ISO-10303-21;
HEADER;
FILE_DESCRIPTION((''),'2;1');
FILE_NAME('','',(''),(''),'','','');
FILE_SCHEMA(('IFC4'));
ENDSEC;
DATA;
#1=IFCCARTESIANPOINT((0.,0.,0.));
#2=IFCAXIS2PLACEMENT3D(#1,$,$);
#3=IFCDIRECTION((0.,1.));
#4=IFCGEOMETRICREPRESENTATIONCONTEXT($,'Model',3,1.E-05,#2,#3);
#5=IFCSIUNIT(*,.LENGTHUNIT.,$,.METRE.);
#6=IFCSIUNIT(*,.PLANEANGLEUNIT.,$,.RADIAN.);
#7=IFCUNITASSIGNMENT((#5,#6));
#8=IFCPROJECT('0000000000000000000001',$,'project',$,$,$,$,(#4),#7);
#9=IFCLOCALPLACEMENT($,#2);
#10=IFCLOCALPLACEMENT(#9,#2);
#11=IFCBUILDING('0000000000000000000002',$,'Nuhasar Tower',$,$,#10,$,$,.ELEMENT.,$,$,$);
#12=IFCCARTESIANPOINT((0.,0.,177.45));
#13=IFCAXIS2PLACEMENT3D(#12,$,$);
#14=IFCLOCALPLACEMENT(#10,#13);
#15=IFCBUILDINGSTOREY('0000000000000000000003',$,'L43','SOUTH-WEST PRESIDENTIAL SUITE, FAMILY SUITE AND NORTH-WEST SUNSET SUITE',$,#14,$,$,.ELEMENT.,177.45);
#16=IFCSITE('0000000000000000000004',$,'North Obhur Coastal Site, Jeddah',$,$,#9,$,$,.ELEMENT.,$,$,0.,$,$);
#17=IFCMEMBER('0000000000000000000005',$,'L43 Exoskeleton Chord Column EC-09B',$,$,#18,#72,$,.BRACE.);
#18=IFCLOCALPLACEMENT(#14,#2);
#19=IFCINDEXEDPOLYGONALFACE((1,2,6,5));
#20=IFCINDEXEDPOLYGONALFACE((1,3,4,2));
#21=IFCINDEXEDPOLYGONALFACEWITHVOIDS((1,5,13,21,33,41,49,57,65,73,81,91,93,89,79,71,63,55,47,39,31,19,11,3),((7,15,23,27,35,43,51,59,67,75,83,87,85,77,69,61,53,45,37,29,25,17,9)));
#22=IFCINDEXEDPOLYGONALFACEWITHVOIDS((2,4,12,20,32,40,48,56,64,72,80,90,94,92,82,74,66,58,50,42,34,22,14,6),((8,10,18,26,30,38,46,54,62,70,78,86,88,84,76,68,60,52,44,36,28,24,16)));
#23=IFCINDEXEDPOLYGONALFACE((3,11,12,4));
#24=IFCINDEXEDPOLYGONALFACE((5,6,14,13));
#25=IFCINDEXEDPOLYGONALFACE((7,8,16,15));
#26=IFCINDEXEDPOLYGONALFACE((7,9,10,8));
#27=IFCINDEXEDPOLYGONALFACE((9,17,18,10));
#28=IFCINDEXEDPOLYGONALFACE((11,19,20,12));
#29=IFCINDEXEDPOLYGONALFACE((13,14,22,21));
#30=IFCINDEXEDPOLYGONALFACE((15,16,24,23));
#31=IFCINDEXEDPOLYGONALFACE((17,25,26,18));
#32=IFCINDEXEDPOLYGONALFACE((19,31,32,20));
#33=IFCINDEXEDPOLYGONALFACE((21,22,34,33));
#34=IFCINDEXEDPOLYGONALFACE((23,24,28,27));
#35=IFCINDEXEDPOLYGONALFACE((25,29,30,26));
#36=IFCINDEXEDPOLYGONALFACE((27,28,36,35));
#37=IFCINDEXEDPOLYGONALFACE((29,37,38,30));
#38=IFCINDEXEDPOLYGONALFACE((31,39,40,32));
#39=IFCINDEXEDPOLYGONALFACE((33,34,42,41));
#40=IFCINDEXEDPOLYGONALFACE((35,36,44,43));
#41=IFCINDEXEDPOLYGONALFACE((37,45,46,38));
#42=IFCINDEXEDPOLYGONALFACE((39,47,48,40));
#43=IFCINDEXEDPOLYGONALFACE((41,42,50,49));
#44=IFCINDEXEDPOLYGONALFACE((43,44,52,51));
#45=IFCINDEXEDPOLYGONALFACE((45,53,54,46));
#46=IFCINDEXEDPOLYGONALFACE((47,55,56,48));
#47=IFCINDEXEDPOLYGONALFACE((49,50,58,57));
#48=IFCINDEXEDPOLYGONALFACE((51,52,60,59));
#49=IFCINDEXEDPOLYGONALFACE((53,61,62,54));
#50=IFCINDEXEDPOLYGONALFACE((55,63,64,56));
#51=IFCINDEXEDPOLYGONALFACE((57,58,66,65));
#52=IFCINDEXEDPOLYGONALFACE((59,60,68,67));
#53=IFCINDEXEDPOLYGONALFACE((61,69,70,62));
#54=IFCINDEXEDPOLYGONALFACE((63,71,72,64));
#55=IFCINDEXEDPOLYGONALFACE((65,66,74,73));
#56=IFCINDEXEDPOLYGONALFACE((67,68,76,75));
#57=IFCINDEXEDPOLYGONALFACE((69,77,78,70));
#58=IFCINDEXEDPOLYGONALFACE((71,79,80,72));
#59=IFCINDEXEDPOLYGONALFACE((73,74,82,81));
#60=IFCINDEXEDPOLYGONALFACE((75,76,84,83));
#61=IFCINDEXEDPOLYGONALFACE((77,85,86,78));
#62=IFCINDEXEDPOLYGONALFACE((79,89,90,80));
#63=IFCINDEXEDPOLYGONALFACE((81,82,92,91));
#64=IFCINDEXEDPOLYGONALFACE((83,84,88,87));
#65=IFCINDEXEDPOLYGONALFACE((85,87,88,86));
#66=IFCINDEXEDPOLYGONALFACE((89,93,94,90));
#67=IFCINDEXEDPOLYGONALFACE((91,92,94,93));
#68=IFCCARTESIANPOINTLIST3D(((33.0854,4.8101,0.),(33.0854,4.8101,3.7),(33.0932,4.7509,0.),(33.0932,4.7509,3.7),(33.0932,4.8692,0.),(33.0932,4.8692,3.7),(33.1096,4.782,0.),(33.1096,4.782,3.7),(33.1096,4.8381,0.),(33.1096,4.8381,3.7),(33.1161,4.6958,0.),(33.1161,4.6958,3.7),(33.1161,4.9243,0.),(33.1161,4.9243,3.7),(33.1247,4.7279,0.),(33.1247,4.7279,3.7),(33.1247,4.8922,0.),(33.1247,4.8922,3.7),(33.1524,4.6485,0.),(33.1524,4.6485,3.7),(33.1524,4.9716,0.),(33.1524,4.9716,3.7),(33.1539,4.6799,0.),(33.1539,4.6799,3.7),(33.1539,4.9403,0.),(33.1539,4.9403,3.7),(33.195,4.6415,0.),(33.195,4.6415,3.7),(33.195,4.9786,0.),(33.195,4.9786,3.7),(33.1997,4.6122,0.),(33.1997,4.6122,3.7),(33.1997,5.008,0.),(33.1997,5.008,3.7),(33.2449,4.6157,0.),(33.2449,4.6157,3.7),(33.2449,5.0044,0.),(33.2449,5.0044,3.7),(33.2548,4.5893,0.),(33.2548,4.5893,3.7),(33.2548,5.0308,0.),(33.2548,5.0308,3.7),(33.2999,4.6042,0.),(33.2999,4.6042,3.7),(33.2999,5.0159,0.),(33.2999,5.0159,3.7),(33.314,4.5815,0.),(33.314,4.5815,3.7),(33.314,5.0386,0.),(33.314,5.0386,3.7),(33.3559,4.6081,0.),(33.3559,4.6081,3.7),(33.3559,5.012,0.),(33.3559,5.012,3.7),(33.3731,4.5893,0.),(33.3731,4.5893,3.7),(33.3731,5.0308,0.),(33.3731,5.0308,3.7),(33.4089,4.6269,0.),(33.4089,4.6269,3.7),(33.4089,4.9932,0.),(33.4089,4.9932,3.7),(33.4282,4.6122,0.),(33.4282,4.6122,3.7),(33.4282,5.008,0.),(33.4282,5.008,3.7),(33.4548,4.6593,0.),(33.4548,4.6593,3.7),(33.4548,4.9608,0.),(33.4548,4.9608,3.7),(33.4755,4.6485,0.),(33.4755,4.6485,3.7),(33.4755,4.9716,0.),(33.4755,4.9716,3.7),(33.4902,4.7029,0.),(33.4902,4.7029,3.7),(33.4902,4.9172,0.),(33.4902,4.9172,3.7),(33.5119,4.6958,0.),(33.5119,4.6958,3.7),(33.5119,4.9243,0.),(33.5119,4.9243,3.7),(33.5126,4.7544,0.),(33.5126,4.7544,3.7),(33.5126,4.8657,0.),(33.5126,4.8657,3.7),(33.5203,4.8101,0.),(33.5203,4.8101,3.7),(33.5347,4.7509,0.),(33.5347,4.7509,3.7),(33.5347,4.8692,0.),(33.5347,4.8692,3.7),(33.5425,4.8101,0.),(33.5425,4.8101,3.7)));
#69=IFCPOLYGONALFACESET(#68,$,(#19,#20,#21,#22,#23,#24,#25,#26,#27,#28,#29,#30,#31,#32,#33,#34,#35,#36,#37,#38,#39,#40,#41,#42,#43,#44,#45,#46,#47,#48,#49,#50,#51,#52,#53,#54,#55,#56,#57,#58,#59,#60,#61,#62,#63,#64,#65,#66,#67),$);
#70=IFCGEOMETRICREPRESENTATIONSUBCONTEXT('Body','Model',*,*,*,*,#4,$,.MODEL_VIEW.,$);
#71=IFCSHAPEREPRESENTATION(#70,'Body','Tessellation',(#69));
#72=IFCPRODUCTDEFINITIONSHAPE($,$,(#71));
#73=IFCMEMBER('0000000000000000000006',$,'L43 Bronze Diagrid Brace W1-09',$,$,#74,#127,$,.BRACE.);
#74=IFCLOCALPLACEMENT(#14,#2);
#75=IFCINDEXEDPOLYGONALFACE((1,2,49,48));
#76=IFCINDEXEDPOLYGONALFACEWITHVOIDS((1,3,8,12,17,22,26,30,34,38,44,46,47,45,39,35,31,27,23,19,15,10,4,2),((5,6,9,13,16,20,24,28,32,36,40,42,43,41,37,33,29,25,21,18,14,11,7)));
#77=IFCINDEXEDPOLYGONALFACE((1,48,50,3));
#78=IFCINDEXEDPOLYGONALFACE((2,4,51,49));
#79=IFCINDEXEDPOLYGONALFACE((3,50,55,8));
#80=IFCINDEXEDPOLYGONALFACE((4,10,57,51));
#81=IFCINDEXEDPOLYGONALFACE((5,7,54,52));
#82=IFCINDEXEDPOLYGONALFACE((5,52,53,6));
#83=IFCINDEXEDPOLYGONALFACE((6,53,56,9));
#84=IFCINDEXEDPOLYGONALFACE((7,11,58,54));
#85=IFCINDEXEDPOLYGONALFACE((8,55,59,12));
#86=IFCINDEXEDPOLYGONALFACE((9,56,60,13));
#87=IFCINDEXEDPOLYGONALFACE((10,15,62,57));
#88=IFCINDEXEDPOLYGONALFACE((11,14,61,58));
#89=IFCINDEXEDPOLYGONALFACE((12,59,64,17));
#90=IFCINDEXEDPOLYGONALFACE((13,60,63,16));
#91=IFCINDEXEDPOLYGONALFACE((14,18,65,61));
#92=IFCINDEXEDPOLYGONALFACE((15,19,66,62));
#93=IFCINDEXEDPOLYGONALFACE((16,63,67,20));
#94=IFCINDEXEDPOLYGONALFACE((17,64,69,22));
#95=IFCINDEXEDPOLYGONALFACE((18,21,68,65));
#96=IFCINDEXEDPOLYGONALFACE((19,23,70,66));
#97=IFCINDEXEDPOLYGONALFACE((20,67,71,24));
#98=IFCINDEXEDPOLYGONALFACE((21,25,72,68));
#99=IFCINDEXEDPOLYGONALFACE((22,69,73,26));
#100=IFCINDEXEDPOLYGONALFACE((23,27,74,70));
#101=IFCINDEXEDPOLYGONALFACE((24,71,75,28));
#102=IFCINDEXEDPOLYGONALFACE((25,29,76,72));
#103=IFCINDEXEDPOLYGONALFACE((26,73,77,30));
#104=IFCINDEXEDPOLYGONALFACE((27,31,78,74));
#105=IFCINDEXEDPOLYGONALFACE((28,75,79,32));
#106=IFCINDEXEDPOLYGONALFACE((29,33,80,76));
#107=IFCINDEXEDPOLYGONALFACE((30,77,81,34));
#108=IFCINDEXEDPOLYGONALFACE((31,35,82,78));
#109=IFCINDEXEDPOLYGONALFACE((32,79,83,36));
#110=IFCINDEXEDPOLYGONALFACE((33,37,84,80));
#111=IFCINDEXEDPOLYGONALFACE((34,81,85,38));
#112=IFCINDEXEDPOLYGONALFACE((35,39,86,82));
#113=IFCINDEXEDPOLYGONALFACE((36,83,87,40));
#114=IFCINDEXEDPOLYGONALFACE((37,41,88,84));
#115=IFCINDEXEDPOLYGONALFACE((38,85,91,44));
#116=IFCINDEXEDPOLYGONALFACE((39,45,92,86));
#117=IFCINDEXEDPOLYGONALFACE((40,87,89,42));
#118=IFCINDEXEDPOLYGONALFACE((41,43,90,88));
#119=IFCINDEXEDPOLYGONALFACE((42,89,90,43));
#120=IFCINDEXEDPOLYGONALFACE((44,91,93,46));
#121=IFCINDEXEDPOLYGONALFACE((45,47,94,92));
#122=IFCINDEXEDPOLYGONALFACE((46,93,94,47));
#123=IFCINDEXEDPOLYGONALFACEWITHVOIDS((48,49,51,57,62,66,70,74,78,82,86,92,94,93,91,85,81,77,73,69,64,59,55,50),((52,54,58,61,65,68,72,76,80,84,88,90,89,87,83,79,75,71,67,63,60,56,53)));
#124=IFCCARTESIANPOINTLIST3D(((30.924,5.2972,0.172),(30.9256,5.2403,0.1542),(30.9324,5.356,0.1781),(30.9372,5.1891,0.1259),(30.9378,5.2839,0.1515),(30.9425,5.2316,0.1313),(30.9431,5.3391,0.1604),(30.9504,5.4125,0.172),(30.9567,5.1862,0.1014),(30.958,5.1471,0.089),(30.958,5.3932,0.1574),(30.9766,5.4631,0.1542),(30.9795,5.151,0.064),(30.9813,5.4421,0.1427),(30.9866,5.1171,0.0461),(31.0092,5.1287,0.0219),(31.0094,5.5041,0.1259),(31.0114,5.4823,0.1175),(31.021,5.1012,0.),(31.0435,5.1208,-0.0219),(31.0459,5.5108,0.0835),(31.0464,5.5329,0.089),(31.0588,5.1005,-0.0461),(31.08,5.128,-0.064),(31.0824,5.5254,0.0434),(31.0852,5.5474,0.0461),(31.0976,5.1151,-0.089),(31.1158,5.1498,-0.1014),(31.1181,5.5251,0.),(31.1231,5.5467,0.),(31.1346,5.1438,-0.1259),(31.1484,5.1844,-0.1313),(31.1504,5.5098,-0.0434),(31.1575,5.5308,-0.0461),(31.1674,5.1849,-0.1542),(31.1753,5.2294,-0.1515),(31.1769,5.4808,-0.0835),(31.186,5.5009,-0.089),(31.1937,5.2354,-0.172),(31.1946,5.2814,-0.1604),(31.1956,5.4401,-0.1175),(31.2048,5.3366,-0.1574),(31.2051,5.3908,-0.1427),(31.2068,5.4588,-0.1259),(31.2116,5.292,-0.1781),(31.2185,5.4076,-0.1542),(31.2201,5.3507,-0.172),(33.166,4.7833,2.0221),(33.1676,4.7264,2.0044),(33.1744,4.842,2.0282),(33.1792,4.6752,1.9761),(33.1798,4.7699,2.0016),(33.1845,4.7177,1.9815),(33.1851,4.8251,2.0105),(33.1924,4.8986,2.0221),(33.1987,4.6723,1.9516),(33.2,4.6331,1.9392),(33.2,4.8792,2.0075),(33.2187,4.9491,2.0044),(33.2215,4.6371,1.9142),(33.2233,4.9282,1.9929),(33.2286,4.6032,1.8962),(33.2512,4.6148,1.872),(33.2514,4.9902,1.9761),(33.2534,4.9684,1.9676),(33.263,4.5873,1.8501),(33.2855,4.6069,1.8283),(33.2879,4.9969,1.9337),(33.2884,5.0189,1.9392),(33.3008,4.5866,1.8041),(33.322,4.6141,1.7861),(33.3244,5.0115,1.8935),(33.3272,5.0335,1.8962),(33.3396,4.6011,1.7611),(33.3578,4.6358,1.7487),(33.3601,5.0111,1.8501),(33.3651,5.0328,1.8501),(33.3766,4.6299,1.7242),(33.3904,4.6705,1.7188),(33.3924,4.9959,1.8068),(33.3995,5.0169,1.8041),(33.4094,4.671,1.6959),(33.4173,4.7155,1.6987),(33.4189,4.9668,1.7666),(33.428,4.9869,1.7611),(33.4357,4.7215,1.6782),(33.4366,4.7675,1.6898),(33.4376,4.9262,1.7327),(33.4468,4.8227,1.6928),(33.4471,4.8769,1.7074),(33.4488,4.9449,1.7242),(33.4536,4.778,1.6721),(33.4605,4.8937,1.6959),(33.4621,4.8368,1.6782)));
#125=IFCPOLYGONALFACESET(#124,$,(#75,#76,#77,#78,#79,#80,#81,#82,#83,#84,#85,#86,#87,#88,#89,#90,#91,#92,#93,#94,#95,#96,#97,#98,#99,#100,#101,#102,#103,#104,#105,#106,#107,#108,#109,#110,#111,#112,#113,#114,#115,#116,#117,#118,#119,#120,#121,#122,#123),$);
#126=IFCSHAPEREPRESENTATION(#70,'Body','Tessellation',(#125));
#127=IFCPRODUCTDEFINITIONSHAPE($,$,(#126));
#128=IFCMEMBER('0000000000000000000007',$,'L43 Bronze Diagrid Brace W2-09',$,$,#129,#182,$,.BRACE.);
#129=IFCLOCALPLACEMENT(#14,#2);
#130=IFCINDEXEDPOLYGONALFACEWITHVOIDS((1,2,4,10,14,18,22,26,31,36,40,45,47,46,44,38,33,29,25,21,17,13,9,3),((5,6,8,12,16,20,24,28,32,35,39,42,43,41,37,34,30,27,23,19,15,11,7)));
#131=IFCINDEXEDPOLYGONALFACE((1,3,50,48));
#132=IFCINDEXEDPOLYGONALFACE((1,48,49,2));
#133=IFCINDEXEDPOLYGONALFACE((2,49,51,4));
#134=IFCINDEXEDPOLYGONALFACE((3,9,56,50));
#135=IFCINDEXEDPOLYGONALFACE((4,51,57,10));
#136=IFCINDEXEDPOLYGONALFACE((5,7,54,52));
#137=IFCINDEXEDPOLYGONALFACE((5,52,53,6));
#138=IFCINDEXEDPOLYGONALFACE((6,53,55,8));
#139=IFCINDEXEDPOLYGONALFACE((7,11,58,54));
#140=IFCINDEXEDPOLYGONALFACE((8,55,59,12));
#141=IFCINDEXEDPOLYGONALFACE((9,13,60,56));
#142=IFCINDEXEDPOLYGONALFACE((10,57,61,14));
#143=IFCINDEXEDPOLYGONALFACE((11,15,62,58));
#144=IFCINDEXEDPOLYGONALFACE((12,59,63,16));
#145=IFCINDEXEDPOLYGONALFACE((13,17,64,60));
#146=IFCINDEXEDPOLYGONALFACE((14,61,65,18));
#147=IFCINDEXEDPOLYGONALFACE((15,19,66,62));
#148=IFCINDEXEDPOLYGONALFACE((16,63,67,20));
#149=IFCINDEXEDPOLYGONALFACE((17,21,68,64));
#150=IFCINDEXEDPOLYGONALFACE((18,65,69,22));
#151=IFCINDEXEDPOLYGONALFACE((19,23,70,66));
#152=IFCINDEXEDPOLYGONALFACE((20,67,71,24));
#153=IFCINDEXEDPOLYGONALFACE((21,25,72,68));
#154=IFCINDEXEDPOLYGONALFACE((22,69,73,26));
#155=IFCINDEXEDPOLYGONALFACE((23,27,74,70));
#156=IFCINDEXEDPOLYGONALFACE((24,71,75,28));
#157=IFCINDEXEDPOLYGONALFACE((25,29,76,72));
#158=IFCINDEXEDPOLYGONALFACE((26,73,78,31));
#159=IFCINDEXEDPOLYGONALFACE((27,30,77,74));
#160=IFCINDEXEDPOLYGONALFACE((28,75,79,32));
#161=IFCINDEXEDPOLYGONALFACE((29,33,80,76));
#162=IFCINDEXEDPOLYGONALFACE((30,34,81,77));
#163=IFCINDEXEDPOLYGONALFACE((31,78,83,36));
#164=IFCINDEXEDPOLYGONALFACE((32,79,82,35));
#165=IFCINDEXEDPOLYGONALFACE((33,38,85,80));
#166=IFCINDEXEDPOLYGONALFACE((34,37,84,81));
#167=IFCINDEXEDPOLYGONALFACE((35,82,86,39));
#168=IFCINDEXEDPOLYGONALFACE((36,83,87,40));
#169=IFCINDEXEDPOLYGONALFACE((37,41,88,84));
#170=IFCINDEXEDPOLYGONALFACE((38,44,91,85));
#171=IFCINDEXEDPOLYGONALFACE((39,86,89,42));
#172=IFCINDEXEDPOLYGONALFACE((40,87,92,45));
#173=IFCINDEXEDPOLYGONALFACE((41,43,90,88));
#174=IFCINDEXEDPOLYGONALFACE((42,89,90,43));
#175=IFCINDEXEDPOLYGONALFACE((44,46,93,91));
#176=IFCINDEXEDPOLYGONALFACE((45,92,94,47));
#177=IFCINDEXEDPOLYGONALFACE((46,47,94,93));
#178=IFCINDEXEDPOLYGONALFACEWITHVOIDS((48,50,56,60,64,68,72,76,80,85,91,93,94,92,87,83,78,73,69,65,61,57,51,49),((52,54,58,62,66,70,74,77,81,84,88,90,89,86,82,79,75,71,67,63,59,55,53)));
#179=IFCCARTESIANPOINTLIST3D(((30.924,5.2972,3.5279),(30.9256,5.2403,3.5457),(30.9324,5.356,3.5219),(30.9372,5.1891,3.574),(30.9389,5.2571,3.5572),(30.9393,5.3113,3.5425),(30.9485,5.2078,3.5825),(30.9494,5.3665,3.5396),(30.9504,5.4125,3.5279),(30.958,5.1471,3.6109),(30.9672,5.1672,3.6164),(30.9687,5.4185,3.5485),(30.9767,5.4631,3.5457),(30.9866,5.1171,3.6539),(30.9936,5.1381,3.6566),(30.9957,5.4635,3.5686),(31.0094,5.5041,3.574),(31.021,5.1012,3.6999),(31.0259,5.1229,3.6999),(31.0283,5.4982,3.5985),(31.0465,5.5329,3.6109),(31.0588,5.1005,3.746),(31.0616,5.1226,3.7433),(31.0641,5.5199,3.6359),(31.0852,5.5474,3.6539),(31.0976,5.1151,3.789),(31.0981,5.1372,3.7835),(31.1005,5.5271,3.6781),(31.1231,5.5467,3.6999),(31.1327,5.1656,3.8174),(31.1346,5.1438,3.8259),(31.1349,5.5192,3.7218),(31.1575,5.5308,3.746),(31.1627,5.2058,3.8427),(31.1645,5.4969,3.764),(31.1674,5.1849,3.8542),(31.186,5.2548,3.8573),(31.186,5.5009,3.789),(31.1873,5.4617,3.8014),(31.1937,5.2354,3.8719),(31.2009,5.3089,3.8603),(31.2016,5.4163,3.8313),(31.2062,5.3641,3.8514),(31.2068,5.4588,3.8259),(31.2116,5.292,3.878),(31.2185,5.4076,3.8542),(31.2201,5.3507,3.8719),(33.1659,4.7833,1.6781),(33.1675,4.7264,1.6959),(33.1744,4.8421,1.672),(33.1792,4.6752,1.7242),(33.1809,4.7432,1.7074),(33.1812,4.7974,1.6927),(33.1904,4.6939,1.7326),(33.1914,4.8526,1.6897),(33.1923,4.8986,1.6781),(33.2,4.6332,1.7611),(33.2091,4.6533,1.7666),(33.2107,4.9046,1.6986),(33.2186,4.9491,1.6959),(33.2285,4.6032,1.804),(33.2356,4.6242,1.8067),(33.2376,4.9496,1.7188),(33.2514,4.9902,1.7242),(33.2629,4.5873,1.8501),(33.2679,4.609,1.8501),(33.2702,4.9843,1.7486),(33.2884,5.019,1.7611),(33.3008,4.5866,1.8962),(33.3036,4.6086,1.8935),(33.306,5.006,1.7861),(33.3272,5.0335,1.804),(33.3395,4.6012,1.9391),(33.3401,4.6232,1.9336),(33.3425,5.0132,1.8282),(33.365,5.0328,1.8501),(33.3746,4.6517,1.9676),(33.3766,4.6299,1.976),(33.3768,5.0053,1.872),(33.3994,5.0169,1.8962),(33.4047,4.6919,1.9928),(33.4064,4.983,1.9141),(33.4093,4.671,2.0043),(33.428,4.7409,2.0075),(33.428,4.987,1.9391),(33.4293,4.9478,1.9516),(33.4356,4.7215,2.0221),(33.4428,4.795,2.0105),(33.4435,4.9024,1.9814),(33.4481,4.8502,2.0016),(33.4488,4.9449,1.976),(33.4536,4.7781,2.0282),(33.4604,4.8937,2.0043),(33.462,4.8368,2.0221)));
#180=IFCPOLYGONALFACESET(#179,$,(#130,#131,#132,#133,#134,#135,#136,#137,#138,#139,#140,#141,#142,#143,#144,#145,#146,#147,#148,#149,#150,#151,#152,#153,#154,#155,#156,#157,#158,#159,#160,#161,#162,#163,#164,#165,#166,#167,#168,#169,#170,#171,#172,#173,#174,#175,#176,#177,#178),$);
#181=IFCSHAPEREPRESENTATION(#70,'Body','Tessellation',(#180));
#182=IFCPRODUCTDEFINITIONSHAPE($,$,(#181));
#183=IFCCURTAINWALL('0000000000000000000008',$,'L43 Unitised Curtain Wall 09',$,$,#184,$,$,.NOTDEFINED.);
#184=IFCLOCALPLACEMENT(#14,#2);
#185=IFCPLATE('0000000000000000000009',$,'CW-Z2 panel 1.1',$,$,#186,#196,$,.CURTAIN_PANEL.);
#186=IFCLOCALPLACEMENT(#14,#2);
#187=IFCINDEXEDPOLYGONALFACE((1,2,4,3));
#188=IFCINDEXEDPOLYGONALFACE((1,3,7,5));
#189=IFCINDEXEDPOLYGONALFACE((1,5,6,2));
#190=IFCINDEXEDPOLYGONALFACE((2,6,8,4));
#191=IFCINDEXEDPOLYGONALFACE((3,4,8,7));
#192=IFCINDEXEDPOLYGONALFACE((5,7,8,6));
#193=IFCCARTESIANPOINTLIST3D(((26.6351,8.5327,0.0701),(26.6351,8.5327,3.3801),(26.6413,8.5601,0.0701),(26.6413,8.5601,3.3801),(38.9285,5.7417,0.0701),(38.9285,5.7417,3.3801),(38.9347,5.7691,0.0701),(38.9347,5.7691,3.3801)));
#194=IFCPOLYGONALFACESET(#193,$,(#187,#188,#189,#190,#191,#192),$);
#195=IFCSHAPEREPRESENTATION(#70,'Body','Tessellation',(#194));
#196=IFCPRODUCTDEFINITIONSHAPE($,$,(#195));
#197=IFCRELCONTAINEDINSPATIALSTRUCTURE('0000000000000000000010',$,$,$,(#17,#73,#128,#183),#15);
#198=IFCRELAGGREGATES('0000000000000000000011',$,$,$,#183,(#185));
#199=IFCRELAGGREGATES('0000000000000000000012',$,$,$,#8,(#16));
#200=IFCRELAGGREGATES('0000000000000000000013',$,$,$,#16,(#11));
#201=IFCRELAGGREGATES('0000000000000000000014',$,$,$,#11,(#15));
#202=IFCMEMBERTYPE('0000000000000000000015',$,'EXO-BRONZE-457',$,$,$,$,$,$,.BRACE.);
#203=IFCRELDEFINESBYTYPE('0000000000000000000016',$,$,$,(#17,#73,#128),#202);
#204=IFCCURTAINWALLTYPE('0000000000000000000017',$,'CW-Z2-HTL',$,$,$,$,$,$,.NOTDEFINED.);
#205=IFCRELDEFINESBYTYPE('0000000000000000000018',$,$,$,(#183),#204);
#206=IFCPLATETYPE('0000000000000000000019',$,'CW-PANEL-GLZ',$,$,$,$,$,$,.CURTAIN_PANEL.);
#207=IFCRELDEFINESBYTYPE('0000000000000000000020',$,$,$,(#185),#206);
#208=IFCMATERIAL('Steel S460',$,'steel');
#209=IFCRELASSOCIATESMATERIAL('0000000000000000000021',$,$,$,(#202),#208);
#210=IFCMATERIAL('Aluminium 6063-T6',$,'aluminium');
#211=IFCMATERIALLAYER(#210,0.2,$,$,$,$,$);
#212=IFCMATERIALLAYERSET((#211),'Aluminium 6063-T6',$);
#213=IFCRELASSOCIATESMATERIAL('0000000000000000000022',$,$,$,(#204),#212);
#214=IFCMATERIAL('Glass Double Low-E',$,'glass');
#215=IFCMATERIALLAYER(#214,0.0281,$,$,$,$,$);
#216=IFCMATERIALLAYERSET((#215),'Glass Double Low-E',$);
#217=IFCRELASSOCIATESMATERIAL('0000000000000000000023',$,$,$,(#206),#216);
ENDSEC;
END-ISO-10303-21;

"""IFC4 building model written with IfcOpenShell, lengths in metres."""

from ifc_helpers import new_model, si_unit, direction, frame, origin, origin_2d, place, context, subcontext, project, spatial, rectangle, hollow_circle, extrude, material, layer, layer_set, material_profile, profile_set, type_object, element, aggregate, save


model = new_model("IFC4")

# Units and contexts
model_context = context("Model", 3, precision=1e-05, world=origin(), true_north=direction((0.0, 1.0)))
body_context = subcontext(model_context, "Body", "Model", "MODEL_VIEW")
ifc_project = project(units=[si_unit("LENGTHUNIT", "METRE"), si_unit("PLANEANGLEUNIT", "RADIAN")], contexts=[model_context])

# Site, building, storey
site_placement = place(None, origin())
site = spatial("IfcSite", under=ifc_project, at=site_placement, Name="North Obhur Coastal Site, Jeddah", CompositionType="ELEMENT", RefElevation=0.0)
building_placement = place(site_placement, origin())
building = spatial("IfcBuilding", under=site, at=building_placement, Name="Nuhasar Tower", CompositionType="ELEMENT")
storey_placement = place(building_placement, frame((0.0, 0.0, 177.45)))
storey = spatial("IfcBuildingStorey", under=building, at=storey_placement, Name="L43", Description="SOUTH-WEST PRESIDENTIAL SUITE, FAMILY SUITE AND NORTH-WEST SUNSET SUITE", CompositionType="ELEMENT", Elevation=177.45)

# Members
ifc_material_1 = material(Name="Steel S460", Category="steel")
ifc_material_profile_1 = material_profile(ifc_material_1, hollow_circle(Radius=0.2285, WallThickness=0.0222, at=origin_2d()), Name="HSS457X22.2")
ifc_profile_set_1 = profile_set([ifc_material_profile_1], Name="Steel S460")
member_type = type_object("IfcMemberType", Name="EXO-BRONZE-457", PredefinedType="BRACE", material=ifc_profile_set_1)
for number, where, z_axis, x_axis, name in (
    (1, (33.314, 4.8101, 0.0), (0.0, 0.0, 1.0), (1.0, 0.0, 0.0), "L43 Exoskeleton Chord Column EC-09B"),
):
    element("IfcMember", number, at=place(storey_placement, frame(where, z_axis=z_axis, x_axis=x_axis)), inside=storey, type_object=member_type, Name=name, PredefinedType="BRACE", context=body_context, shape_type="SweptSolid", body=[
        extrude(hollow_circle(Radius=0.2285, WallThickness=0.0222, at=origin_2d()), origin(), (0.0, 0.0, 1.0), 3.7),
    ])
member_1_placement = place(storey_placement, frame((31.072, 5.324, 0.0), z_axis=(0.75951, -0.174101, 0.626764), x_axis=(0.223433, 0.974719, 0.0)))
element("IfcMember", 2, at=member_1_placement, inside=storey, type_object=member_type, Name="L43 Bronze Diagrid Brace W1-09", PredefinedType="BRACE", context=body_context, shape_type="SweptSolid", body=[
    extrude(hollow_circle(Radius=0.2285, WallThickness=0.0222, at=origin_2d()), origin(), (0.0, 0.0, 1.0), 2.9519),
])
member_2_placement = place(storey_placement, frame((33.314, 4.8101, 1.8501), z_axis=(-0.75955, 0.17411, 0.626713), x_axis=(-0.223433, -0.974719, 0.0)))
element("IfcMember", 3, at=member_2_placement, inside=storey, type_object=member_type, Name="L43 Bronze Diagrid Brace W2-09", PredefinedType="BRACE", context=body_context, shape_type="SweptSolid", body=[
    extrude(hollow_circle(Radius=0.2285, WallThickness=0.0222, at=origin_2d()), origin(), (0.0, 0.0, 1.0), 2.9517),
])

# Curtain wall, plate
ifc_material_2 = material(Name="Aluminium 6063-T6", Category="aluminium")
ifc_layer_1 = layer(ifc_material_2, 0.2)
ifc_layer_set_1 = layer_set([ifc_layer_1], Name="Aluminium 6063-T6")
curtain_wall_type = type_object("IfcCurtainWallType", Name="CW-Z2-HTL", PredefinedType="NOTDEFINED", material=ifc_layer_set_1)
curtain_wall_placement = place(storey_placement, origin())
curtain_wall = element("IfcCurtainWall", 4, at=curtain_wall_placement, inside=storey, type_object=curtain_wall_type, Name="L43 Unitised Curtain Wall 09", PredefinedType="NOTDEFINED")
ifc_material_3 = material(Name="Glass Double Low-E", Category="glass")
ifc_layer_2 = layer(ifc_material_3, 0.0281)
ifc_layer_set_2 = layer_set([ifc_layer_2], Name="Glass Double Low-E")
plate_type = type_object("IfcPlateType", Name="CW-PANEL-GLZ", PredefinedType="CURTAIN_PANEL", material=ifc_layer_set_2)
plate_placement = place(storey_placement, frame((32.7849, 7.1509, 0.0701), z_axis=(0.0, 0.0, 1.0), x_axis=(0.975184, -0.221397, 0.0)))
plate = element("IfcPlate", 5, at=plate_placement, type_object=plate_type, Name="CW-Z2 panel 1.1", PredefinedType="CURTAIN_PANEL", context=body_context, shape_type="SweptSolid", body=[
    extrude(rectangle(XDim=12.6062, YDim=0.0281, at=origin_2d()), origin(), (0.0, 0.0, 1.0), 3.3101),
])
aggregate(curtain_wall, [plate])

save(model, "model.ifc")
